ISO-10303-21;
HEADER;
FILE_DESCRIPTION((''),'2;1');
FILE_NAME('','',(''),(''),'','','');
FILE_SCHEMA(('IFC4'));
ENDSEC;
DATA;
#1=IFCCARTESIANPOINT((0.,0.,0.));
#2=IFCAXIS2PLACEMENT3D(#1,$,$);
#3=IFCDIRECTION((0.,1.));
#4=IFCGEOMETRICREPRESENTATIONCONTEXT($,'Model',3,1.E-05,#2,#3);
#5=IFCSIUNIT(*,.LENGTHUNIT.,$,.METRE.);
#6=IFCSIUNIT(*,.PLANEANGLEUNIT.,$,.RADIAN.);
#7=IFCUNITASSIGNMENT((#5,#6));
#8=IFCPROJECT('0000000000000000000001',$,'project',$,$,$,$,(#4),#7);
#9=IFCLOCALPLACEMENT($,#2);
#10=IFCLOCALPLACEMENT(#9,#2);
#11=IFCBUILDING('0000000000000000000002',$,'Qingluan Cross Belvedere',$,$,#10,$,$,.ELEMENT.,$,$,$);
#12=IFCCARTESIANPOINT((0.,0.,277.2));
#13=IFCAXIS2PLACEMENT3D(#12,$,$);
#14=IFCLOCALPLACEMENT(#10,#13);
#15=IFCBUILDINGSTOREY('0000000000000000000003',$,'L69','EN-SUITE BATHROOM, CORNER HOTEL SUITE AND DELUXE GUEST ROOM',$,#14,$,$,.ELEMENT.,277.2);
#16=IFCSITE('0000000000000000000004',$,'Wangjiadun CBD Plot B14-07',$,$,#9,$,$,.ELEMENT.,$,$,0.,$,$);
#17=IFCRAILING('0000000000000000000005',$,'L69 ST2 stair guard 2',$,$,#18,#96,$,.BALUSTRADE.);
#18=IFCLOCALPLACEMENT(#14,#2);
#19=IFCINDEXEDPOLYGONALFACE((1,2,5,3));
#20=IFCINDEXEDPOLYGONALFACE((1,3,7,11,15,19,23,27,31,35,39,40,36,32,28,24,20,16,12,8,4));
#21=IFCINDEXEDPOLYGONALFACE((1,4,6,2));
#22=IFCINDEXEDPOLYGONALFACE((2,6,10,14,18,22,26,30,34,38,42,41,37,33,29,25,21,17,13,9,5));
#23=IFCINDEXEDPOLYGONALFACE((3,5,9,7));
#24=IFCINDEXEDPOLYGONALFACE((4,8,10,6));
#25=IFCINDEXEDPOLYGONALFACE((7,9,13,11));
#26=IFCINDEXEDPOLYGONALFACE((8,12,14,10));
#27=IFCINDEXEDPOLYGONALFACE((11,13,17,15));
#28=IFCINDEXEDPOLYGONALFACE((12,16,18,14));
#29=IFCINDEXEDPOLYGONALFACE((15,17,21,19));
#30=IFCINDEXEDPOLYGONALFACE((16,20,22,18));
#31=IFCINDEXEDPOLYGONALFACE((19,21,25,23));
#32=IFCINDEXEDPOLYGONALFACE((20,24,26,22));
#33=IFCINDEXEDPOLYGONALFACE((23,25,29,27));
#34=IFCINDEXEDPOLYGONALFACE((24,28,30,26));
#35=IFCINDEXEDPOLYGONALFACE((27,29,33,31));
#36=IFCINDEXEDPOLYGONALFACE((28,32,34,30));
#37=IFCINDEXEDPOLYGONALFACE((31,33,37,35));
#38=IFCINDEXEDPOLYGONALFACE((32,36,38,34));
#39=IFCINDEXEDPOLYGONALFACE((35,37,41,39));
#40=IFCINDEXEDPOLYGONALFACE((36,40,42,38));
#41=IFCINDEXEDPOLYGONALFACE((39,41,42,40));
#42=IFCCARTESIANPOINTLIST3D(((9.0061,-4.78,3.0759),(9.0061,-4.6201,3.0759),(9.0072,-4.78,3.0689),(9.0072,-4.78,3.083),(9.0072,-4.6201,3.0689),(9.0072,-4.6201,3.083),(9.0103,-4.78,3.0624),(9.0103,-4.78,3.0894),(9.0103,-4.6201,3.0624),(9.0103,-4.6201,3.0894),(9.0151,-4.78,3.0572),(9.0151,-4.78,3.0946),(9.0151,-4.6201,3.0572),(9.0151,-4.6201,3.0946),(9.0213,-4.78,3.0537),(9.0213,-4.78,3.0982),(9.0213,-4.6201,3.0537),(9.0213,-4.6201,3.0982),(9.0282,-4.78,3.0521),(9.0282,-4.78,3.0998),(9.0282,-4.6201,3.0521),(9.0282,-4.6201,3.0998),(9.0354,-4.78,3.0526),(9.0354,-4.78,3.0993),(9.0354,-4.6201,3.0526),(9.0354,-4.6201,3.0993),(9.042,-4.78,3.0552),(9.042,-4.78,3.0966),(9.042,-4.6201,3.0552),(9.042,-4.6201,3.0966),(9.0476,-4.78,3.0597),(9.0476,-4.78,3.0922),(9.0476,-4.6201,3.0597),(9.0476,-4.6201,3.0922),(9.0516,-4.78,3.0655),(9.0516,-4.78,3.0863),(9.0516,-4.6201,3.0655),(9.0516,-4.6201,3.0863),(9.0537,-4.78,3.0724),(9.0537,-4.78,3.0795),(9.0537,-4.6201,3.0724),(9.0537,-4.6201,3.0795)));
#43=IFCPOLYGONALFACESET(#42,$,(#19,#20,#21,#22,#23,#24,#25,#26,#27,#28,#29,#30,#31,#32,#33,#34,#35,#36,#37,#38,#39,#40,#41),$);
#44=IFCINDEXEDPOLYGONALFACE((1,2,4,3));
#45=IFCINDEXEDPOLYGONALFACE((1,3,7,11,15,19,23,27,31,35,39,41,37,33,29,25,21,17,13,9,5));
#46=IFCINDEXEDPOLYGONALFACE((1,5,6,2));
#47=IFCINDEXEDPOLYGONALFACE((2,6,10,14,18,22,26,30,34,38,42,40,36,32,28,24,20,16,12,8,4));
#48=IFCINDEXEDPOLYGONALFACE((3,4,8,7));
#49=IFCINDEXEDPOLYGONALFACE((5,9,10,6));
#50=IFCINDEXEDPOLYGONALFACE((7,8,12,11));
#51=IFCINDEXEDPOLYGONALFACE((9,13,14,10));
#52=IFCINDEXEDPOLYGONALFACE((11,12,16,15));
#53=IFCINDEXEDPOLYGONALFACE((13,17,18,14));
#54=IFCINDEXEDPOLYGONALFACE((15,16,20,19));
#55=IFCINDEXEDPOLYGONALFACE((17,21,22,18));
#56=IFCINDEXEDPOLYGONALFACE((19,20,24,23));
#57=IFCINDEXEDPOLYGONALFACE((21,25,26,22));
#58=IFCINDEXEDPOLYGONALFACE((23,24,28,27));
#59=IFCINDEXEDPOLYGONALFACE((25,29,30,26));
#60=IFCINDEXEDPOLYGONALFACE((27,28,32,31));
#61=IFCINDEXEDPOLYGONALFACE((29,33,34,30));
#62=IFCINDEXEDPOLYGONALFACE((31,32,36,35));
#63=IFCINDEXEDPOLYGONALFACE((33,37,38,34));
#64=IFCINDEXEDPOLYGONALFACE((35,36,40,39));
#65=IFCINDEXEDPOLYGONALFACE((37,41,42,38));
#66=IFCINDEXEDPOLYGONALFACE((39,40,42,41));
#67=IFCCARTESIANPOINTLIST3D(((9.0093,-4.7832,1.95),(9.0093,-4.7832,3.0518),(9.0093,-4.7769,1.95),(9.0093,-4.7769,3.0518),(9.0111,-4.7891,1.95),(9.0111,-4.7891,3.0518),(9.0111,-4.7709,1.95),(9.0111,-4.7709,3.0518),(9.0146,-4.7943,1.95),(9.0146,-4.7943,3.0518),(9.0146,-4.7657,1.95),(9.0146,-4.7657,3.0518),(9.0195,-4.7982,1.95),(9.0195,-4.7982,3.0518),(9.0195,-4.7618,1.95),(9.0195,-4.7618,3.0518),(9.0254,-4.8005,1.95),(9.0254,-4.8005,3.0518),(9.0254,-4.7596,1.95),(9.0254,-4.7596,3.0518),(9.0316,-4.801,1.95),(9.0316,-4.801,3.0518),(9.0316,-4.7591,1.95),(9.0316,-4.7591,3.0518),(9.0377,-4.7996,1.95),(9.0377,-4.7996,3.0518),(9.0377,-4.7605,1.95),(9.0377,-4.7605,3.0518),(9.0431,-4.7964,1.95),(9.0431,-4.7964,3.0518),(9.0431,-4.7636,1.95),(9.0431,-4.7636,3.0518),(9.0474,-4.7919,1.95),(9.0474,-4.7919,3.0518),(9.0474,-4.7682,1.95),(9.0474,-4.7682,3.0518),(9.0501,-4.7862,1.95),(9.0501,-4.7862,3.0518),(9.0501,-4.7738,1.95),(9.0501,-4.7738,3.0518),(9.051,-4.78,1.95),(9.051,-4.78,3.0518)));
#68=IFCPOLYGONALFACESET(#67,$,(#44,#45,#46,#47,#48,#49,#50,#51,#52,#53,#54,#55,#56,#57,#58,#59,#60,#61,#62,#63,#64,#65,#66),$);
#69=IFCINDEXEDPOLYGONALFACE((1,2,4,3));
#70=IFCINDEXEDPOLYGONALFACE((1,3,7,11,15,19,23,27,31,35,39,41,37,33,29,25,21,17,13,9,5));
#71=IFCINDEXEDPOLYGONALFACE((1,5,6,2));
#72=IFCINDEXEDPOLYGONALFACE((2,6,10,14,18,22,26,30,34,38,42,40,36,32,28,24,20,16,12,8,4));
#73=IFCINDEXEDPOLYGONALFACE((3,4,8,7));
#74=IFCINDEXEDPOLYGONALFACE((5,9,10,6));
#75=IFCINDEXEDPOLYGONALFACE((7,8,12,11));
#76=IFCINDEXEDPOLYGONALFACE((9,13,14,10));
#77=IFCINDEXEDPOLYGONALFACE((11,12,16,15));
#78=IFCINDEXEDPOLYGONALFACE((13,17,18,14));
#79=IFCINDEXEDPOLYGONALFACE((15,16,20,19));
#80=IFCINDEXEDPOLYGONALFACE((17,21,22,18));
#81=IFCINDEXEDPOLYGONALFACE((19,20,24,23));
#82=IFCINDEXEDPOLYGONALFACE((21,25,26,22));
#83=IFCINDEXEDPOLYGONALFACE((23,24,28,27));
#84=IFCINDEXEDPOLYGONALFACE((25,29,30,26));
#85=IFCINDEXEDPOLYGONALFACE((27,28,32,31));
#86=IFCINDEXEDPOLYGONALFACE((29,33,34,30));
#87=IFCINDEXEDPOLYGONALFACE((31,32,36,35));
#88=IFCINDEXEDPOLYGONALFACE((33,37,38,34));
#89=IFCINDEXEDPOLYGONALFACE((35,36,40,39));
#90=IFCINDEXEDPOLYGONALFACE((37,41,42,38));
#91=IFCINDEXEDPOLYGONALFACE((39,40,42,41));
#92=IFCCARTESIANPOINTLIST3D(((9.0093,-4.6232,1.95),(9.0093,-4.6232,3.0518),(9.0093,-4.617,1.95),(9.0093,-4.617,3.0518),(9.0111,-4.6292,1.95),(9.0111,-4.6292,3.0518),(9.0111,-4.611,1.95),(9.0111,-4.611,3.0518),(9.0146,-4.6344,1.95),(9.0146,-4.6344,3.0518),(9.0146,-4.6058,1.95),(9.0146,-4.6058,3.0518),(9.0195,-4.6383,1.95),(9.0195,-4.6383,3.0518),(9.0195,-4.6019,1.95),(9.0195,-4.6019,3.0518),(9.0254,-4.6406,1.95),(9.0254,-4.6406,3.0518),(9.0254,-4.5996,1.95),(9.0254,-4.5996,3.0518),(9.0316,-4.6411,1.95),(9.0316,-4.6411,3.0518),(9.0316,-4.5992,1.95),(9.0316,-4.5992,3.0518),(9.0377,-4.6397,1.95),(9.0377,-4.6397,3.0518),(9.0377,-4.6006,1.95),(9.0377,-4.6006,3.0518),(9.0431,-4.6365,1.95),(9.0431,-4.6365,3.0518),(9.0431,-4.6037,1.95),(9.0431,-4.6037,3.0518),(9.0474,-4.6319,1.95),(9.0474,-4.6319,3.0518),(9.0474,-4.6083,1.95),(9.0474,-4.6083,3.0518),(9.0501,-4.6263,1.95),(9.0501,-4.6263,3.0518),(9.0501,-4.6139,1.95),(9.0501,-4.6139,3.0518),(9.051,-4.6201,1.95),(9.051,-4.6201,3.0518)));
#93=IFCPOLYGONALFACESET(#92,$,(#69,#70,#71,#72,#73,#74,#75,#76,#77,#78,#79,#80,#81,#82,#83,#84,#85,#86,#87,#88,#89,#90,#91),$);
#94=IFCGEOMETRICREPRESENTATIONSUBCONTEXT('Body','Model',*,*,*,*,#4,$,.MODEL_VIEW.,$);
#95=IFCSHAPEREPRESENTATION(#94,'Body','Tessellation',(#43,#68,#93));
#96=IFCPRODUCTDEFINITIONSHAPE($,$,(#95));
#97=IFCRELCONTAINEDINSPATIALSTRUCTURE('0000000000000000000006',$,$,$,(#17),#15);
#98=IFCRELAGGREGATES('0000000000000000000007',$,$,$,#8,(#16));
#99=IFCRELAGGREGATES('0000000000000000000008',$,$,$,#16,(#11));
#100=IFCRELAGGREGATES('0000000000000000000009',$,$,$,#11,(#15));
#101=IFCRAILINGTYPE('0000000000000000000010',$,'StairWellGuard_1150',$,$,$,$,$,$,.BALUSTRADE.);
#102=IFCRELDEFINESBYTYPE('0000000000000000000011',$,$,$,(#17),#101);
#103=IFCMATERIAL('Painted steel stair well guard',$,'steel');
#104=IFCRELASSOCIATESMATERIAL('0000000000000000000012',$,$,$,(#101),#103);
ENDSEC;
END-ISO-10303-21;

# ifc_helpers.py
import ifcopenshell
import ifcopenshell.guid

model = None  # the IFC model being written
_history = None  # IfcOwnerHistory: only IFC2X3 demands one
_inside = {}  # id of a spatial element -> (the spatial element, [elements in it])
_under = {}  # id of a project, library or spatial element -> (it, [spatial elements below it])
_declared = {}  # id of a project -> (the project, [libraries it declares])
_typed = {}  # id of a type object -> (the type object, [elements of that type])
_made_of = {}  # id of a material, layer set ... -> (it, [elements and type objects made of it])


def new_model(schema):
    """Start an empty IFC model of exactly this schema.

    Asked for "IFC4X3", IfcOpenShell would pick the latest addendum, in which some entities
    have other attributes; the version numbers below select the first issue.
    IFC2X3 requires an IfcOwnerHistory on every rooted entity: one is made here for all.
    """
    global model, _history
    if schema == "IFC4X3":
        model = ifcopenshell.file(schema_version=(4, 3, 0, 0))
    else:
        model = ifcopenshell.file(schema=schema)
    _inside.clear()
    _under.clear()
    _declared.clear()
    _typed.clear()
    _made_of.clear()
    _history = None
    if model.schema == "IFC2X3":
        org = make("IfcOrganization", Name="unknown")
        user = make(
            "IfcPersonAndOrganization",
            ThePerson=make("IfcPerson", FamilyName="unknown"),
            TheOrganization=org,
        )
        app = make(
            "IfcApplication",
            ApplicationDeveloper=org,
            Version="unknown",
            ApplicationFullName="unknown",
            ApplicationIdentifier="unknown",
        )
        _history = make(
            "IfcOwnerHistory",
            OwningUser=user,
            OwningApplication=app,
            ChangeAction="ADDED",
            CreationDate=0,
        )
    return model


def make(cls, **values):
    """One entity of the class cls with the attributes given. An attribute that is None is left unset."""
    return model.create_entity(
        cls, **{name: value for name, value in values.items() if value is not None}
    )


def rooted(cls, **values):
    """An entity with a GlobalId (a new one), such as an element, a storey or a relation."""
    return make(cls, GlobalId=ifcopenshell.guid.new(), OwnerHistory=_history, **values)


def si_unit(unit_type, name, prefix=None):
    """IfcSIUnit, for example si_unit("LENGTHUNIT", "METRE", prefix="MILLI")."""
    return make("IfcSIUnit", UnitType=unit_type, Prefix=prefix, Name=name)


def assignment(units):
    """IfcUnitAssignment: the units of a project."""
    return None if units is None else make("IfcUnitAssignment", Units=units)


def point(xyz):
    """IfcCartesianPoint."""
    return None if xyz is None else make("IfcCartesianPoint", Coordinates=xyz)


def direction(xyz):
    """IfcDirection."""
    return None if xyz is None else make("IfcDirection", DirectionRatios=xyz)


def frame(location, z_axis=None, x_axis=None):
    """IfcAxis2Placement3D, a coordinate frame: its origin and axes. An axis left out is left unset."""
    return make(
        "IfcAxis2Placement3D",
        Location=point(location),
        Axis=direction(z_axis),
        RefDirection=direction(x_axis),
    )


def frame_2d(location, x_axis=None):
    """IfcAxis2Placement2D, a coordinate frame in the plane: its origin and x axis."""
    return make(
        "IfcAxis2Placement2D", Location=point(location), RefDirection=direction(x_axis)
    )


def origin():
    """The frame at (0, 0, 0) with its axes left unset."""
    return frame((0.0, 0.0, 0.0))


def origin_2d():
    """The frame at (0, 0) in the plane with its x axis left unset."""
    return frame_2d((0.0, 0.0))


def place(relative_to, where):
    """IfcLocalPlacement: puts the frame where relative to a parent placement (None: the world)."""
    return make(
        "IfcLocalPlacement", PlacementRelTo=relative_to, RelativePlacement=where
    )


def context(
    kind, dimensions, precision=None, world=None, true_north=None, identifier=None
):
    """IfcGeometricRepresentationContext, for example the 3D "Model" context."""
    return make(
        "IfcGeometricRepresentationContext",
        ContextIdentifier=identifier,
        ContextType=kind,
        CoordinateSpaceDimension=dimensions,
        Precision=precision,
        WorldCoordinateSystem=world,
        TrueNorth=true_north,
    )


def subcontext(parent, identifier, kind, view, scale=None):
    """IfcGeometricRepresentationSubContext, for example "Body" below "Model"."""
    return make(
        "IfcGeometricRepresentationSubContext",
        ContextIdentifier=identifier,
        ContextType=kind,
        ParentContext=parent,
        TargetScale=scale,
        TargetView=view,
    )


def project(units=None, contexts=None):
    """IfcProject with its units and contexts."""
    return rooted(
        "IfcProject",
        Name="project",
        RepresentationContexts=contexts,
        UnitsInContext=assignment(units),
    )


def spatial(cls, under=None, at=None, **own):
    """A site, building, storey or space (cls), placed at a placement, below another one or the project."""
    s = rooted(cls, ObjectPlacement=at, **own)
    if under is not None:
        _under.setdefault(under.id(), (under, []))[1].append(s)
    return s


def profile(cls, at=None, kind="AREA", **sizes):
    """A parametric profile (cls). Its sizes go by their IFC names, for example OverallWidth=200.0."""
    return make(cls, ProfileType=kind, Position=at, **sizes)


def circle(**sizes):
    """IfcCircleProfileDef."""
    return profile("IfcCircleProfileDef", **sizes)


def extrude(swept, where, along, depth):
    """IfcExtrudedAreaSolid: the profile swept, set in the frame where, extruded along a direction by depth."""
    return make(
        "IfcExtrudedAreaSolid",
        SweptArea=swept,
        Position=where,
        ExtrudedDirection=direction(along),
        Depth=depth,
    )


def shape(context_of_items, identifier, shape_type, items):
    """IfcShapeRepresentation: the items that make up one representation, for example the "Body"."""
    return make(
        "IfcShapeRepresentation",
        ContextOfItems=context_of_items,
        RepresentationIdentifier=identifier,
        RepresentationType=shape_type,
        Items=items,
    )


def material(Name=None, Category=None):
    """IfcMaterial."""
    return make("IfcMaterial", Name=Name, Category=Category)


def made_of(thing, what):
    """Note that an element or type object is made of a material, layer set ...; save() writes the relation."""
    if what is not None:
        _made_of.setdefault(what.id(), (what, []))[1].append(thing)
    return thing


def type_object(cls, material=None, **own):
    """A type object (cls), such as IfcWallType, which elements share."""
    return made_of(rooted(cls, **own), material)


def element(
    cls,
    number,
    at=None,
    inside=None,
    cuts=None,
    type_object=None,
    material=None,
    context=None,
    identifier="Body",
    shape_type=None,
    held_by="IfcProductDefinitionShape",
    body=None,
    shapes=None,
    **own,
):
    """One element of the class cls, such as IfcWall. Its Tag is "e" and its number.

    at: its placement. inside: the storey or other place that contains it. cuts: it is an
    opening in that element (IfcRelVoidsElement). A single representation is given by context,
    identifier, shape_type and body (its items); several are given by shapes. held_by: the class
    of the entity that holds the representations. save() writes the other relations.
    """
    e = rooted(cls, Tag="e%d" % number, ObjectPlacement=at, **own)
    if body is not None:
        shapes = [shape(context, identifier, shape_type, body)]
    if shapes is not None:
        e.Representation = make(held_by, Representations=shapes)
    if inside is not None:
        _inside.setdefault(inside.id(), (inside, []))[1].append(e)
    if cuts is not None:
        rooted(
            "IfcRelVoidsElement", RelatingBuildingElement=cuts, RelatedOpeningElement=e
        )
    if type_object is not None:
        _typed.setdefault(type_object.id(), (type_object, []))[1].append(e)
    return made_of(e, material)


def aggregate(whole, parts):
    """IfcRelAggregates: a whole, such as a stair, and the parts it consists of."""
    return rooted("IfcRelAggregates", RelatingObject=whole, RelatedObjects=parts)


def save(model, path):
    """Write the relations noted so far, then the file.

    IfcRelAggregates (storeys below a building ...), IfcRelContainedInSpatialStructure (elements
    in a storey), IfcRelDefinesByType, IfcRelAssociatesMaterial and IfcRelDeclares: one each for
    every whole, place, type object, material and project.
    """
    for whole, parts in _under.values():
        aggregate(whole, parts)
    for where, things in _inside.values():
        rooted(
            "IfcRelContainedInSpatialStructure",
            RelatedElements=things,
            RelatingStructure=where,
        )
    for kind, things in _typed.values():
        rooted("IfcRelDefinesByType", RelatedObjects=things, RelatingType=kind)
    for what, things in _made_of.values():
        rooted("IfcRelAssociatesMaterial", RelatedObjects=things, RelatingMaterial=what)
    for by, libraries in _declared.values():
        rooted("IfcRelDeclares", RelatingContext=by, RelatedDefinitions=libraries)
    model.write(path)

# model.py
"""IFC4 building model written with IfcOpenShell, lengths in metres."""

from ifc_helpers import new_model, si_unit, direction, frame, origin, origin_2d, place, context, subcontext, project, spatial, circle, extrude, material, type_object, element, save


model = new_model("IFC4")

# Units and contexts
model_context = context("Model", 3, precision=1e-05, world=origin(), true_north=direction((0.0, 1.0)))
body_context = subcontext(model_context, "Body", "Model", "MODEL_VIEW")
ifc_project = project(units=[si_unit("LENGTHUNIT", "METRE"), si_unit("PLANEANGLEUNIT", "RADIAN")], contexts=[model_context])

# Site, building, storey
site_placement = place(None, origin())
site = spatial("IfcSite", under=ifc_project, at=site_placement, Name="Wangjiadun CBD Plot B14-07", CompositionType="ELEMENT", RefElevation=0.0)
building_placement = place(site_placement, origin())
building = spatial("IfcBuilding", under=site, at=building_placement, Name="Qingluan Cross Belvedere", CompositionType="ELEMENT")
storey_placement = place(building_placement, frame((0.0, 0.0, 277.2)))
storey = spatial("IfcBuildingStorey", under=building, at=storey_placement, Name="L69", Description="EN-SUITE BATHROOM, CORNER HOTEL SUITE AND DELUXE GUEST ROOM", CompositionType="ELEMENT", Elevation=277.2)

# Railing
ifc_material_1 = material(Name="Painted steel stair well guard", Category="steel")
railing_type_1 = type_object("IfcRailingType", Name="StairWellGuard_1150", PredefinedType="BALUSTRADE", material=ifc_material_1)
railing_1_placement = place(storey_placement, frame((9.03, -4.78, 1.95)))
element("IfcRailing", 1, at=railing_1_placement, inside=storey, type_object=railing_type_1, Name="L69 ST2 stair guard 2", PredefinedType="BALUSTRADE", context=body_context, shape_type="SweptSolid", body=[
    extrude(circle(Radius=0.0239, at=origin_2d()), frame((0.0, 0.0, 1.126), z_axis=(0.0, 1.0, 0.0), x_axis=(-1.0, 0.0, 0.0)), (0.0, 0.0, 1.0), 0.1599),
    extrude(circle(Radius=0.021, at=origin_2d()), origin(), (0.0, 0.0, 1.0), 1.1018),
    extrude(circle(Radius=0.021, at=origin_2d()), frame((0.0, 0.1599, 0.0)), (0.0, 0.0, 1.0), 1.1018),
])

save(model, "model.ifc")
